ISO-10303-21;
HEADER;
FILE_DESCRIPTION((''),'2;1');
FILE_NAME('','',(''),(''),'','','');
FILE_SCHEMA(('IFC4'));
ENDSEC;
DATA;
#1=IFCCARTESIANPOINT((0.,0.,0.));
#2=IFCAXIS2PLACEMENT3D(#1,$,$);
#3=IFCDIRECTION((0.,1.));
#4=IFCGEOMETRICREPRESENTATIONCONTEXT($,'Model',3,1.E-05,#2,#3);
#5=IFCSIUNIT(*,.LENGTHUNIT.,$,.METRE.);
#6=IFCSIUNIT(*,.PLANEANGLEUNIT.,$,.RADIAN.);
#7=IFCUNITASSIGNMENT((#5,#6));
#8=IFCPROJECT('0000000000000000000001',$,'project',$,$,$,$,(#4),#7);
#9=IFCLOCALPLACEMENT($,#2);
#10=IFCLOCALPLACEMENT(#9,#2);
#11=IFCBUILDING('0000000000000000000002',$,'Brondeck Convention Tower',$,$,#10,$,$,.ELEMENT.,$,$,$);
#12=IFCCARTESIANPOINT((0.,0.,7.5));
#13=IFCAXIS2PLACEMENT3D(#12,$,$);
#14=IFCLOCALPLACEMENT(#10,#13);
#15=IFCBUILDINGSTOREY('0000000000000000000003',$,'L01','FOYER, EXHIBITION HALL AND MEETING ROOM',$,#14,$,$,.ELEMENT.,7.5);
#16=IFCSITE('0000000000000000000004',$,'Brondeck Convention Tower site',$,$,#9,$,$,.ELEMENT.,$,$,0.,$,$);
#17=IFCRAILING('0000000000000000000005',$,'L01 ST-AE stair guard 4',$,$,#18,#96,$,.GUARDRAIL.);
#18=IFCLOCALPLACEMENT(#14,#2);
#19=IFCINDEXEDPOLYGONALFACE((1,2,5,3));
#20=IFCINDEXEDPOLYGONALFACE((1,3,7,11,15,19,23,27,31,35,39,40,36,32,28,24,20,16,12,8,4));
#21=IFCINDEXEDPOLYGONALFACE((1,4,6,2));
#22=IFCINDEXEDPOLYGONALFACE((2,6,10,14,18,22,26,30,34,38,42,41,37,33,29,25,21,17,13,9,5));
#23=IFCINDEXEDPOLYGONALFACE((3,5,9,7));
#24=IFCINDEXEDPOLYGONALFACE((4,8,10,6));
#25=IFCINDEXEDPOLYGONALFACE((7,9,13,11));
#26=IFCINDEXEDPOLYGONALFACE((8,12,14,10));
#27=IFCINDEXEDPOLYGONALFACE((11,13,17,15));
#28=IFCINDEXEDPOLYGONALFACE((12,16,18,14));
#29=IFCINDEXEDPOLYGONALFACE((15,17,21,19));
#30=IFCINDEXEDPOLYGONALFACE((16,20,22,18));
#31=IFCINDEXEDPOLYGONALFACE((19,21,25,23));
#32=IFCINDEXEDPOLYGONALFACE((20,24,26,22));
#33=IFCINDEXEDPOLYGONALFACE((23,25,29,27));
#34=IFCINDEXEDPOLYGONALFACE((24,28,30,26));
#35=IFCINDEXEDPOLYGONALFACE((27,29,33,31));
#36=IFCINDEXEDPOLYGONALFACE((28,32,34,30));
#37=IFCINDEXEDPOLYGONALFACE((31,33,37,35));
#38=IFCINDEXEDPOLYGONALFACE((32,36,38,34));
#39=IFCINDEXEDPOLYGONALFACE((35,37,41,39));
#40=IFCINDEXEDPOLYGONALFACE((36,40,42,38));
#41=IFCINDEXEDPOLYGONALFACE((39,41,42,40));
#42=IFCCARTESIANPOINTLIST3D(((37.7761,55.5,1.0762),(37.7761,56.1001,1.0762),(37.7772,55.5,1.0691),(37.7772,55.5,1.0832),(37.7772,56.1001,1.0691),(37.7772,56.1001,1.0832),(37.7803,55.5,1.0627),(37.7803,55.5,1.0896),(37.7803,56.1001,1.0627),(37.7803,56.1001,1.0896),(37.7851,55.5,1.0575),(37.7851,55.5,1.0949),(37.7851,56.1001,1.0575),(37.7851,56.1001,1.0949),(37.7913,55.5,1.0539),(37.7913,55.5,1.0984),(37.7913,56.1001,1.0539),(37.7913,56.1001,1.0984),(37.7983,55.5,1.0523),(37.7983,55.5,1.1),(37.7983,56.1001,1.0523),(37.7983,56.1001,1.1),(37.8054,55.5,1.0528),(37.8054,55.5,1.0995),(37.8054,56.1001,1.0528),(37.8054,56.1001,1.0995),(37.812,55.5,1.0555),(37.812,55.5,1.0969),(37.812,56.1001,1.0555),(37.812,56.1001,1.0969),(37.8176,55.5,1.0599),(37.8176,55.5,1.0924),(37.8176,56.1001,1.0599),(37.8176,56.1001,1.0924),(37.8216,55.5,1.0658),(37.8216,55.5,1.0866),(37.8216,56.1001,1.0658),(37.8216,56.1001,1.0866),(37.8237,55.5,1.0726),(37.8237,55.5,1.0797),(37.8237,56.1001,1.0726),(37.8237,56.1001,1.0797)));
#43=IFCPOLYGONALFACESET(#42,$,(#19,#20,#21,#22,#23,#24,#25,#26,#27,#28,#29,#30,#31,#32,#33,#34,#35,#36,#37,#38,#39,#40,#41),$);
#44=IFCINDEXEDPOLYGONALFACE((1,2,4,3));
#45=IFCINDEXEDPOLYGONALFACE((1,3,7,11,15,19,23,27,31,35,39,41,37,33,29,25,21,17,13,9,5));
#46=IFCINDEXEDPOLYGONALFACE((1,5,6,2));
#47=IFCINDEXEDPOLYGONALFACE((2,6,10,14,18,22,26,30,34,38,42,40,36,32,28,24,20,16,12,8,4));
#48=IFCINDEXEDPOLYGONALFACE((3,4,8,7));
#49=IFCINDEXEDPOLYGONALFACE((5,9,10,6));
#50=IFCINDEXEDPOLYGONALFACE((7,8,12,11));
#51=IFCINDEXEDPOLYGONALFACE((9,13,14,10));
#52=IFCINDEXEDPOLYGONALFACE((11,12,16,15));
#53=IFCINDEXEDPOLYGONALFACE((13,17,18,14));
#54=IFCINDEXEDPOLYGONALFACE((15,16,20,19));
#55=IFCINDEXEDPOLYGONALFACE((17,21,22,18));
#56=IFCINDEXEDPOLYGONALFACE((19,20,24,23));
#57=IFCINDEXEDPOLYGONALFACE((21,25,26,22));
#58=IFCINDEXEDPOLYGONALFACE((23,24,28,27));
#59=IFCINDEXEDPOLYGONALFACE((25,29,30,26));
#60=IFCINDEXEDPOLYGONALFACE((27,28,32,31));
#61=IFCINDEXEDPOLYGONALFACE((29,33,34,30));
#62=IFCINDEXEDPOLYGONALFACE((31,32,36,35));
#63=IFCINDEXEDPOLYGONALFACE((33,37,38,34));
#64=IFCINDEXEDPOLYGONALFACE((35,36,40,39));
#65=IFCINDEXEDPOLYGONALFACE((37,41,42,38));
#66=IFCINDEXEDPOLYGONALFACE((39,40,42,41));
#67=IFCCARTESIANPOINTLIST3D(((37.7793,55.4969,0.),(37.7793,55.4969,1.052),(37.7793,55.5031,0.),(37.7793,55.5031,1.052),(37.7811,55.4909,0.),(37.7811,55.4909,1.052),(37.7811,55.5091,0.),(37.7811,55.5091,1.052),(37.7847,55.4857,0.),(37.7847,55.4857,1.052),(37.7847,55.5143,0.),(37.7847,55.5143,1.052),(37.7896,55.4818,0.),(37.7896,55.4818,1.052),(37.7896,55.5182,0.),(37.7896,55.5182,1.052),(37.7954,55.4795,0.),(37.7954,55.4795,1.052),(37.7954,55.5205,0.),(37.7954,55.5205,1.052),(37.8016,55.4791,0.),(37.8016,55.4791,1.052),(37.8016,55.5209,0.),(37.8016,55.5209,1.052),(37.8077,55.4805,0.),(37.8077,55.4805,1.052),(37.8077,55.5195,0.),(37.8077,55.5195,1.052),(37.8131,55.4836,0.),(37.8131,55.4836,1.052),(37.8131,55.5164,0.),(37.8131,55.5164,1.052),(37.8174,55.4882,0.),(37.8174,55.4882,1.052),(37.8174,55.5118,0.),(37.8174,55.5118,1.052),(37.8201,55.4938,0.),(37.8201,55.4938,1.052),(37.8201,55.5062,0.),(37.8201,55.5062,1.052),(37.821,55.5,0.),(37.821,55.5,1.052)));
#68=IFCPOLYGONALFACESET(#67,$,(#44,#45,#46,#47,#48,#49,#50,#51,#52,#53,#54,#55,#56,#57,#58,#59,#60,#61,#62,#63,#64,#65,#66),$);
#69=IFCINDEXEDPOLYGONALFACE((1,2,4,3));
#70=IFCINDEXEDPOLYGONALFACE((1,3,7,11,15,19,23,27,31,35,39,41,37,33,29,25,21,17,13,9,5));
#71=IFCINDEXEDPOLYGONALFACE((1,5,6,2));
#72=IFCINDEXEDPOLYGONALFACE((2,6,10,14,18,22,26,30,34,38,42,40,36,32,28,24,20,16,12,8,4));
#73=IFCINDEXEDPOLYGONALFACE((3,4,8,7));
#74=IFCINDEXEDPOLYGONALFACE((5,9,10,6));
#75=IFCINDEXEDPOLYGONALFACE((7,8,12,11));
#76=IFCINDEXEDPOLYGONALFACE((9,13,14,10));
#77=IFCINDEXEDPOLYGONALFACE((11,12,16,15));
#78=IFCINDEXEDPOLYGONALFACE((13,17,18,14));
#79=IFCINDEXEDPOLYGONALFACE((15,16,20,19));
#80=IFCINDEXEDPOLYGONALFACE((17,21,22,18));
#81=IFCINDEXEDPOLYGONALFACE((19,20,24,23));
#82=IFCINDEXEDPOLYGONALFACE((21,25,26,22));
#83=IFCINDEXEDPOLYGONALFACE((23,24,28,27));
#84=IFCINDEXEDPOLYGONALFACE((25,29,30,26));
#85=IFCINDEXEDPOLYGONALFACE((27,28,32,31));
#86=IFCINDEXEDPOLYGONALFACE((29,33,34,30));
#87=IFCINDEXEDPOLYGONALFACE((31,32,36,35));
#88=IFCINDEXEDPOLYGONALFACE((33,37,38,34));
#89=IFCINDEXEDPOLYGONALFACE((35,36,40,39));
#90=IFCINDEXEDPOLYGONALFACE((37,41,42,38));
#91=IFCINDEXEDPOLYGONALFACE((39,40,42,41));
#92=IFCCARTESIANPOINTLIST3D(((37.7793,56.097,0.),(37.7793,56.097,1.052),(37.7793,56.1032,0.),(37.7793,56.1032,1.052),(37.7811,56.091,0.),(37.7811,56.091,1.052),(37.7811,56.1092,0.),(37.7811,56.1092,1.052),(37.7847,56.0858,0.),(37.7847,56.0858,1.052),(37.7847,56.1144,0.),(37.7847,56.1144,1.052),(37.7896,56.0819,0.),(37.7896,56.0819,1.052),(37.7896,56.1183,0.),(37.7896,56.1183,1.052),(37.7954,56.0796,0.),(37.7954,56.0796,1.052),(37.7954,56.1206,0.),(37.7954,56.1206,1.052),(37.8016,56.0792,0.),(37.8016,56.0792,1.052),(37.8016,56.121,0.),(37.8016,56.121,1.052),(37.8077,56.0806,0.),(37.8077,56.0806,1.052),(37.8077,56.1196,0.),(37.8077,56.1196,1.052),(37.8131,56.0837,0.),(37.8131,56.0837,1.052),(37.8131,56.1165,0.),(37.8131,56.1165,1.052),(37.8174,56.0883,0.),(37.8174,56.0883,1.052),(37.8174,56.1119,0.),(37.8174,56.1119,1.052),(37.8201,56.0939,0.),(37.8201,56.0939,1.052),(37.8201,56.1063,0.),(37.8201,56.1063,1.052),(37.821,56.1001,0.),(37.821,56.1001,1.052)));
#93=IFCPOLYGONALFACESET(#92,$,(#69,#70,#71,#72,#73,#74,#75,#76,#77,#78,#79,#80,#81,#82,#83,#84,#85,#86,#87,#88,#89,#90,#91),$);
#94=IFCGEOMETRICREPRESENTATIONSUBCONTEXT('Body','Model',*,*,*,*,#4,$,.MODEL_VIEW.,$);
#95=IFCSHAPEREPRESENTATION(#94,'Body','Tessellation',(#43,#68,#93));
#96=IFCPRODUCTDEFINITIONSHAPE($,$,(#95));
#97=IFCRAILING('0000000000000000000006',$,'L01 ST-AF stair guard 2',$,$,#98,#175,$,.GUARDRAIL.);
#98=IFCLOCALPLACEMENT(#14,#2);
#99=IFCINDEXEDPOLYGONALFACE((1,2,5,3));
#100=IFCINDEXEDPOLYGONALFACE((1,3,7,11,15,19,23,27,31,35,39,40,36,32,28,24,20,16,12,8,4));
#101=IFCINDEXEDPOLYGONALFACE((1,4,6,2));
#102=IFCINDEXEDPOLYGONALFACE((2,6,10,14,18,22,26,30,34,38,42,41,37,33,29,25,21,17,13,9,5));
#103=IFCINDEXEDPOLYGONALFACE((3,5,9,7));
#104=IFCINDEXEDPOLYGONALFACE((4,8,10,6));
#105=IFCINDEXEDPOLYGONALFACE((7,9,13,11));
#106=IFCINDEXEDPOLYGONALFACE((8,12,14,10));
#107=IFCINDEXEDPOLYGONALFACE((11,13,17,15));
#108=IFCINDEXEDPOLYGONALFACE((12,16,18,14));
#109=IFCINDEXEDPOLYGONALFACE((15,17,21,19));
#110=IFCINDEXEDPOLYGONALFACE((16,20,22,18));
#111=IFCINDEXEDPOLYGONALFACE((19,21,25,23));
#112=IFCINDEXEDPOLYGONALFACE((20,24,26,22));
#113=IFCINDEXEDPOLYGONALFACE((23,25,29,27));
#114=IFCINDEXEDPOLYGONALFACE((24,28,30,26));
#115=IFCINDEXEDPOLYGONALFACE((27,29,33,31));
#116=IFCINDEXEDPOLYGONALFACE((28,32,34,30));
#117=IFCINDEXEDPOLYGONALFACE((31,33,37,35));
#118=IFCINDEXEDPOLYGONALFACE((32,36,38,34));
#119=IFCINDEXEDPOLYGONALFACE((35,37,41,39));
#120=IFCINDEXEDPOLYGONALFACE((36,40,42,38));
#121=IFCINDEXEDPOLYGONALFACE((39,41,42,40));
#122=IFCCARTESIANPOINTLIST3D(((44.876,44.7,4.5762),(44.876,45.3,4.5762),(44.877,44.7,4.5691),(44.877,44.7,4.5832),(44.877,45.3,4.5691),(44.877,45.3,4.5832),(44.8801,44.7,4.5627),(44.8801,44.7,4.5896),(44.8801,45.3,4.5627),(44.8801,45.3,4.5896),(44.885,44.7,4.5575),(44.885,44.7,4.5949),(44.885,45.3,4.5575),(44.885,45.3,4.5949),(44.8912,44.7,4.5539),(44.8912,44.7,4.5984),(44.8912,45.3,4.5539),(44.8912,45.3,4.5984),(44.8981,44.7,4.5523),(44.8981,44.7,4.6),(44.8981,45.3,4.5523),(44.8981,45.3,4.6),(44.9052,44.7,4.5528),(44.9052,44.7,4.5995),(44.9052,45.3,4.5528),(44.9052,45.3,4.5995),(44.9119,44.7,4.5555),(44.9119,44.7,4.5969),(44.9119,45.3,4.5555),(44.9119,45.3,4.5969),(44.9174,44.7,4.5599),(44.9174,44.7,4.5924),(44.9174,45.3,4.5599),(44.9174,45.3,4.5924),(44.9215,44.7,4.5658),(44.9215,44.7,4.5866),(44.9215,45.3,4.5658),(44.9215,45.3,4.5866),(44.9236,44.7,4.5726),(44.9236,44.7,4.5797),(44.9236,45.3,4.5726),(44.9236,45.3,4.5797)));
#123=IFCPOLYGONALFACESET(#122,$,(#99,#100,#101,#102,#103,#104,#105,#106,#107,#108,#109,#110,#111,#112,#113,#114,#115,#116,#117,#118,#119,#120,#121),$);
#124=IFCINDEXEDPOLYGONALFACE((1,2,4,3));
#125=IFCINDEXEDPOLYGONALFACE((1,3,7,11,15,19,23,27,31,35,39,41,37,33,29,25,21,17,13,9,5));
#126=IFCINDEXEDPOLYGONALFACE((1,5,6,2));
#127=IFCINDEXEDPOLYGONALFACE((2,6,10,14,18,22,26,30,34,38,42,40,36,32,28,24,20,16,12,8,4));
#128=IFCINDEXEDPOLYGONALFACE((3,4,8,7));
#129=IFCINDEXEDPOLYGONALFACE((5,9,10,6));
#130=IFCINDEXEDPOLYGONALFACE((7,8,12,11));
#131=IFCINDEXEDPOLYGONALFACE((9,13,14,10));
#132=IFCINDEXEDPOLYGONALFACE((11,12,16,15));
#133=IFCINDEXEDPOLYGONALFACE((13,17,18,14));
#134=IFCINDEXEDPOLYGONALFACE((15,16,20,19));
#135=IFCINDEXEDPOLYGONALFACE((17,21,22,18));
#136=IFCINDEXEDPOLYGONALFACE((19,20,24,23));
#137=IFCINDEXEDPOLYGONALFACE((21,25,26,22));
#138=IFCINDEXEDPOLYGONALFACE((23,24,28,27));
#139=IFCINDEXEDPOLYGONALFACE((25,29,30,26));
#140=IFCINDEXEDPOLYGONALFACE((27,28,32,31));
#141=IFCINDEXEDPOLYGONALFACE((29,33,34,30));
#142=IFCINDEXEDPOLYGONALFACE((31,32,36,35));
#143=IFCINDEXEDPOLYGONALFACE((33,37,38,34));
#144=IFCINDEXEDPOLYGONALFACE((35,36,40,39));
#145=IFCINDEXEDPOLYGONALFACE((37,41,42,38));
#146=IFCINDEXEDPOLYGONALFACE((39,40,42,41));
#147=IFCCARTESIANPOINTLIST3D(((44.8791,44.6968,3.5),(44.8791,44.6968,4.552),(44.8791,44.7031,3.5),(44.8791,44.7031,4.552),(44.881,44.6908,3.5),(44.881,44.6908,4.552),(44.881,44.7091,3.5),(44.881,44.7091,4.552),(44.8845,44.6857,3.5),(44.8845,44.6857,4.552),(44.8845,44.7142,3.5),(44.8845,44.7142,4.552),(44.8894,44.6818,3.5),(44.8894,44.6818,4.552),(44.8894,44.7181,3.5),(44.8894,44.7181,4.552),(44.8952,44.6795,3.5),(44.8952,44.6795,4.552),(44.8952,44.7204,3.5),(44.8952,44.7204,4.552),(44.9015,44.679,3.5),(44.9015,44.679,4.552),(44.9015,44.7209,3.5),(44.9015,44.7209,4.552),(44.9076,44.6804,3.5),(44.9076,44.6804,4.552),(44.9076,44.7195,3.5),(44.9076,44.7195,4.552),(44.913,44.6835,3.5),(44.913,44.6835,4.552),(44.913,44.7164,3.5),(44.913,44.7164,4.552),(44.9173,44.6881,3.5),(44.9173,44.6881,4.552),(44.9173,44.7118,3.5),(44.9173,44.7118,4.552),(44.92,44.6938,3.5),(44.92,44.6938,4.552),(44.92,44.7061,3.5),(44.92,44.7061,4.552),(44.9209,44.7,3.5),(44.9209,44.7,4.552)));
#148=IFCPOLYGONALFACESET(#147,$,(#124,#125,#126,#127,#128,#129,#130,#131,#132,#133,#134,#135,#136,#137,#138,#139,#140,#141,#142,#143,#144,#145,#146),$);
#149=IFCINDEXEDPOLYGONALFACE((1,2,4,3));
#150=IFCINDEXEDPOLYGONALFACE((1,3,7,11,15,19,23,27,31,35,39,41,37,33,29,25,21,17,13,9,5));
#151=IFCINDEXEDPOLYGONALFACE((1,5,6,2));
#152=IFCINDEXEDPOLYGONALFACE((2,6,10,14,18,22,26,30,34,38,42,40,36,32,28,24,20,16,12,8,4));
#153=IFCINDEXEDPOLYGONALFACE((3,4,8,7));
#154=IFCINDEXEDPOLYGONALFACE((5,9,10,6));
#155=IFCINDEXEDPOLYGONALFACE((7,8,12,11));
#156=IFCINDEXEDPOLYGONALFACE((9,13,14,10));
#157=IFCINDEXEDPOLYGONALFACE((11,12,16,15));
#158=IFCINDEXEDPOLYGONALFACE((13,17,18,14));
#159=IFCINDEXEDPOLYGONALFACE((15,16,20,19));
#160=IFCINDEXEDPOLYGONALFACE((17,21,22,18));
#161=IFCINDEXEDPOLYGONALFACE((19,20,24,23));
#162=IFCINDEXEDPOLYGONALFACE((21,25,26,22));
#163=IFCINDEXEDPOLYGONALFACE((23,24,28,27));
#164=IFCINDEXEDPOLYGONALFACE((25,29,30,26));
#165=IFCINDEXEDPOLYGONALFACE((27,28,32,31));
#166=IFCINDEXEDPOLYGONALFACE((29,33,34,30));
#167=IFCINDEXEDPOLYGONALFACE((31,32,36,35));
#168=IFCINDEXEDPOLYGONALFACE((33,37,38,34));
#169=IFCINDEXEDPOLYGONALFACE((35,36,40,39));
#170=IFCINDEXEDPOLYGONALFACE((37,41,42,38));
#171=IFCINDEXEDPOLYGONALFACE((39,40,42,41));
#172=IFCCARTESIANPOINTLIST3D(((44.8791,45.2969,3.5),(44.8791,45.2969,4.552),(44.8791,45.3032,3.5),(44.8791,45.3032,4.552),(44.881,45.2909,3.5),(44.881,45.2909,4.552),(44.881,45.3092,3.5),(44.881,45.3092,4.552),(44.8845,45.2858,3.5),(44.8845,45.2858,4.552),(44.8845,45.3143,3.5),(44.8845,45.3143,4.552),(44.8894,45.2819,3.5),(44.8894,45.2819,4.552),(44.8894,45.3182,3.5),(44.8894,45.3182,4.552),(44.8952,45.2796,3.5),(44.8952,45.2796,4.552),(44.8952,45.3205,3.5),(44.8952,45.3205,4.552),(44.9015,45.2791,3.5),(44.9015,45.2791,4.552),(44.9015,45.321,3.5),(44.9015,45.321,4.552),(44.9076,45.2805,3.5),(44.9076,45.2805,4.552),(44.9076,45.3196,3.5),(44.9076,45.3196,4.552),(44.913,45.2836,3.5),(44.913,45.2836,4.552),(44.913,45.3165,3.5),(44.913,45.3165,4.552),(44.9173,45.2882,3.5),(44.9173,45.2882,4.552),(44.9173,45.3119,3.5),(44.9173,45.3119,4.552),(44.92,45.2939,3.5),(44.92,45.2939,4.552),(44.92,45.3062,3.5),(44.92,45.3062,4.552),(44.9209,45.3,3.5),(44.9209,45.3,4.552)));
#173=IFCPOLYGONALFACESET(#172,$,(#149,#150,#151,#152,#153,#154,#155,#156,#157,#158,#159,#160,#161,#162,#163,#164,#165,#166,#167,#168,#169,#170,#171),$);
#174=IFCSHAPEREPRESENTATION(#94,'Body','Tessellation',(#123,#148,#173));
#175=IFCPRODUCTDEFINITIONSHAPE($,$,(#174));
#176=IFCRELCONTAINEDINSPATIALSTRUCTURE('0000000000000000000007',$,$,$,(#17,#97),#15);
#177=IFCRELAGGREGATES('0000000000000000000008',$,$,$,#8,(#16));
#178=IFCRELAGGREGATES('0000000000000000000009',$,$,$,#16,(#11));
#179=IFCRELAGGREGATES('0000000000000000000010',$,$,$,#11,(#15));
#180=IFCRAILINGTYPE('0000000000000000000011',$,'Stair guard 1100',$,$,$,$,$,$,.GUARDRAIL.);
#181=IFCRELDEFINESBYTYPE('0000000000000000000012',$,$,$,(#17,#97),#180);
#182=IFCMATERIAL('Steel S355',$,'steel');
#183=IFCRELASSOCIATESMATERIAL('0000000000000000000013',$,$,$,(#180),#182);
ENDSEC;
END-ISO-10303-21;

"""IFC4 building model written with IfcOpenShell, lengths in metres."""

from ifc_helpers import new_model, si_unit, direction, frame, origin, origin_2d, place, context, subcontext, project, spatial, circle, extrude, material, type_object, element, save


model = new_model("IFC4")

# Units and contexts
model_context = context("Model", 3, precision=1e-05, world=origin(), true_north=direction((0.0, 1.0)))
body_context = subcontext(model_context, "Body", "Model", "MODEL_VIEW")
ifc_project = project(units=[si_unit("LENGTHUNIT", "METRE"), si_unit("PLANEANGLEUNIT", "RADIAN")], contexts=[model_context])

# Site, building, storey
site_placement = place(None, origin())
site = spatial("IfcSite", under=ifc_project, at=site_placement, Name="Brondeck Convention Tower site", CompositionType="ELEMENT", RefElevation=0.0)
building_placement = place(site_placement, origin())
building = spatial("IfcBuilding", under=site, at=building_placement, Name="Brondeck Convention Tower", CompositionType="ELEMENT")
storey_placement = place(building_placement, frame((0.0, 0.0, 7.5)))
storey = spatial("IfcBuildingStorey", under=building, at=storey_placement, Name="L01", Description="FOYER, EXHIBITION HALL AND MEETING ROOM", CompositionType="ELEMENT", Elevation=7.5)

# Shared definitions
ifc_material_1 = material(Name="Steel S355", Category="steel")

# Railings
railing_type_1 = type_object("IfcRailingType", Name="Stair guard 1100", PredefinedType="GUARDRAIL", material=ifc_material_1)
for number, where, name in (
    (1, (37.8, 55.5, 0.0), "L01 ST-AE stair guard 4"),
    (2, (44.8999, 44.7, 3.5), "L01 ST-AF stair guard 2"),
):
    element("IfcRailing", number, at=place(storey_placement, frame(where)), inside=storey, type_object=railing_type_1, Name=name, PredefinedType="GUARDRAIL", context=body_context, shape_type="SweptSolid", body=[
        extrude(circle(Radius=0.0239, at=origin_2d()), frame((0.0, 0.0, 1.0762), z_axis=(0.0, 1.0, 0.0), x_axis=(-1.0, 0.0, 0.0)), (0.0, 0.0, 1.0), 0.6001),
        extrude(circle(Radius=0.021, at=origin_2d()), origin(), (0.0, 0.0, 1.0), 1.052),
        extrude(circle(Radius=0.021, at=origin_2d()), frame((0.0, 0.6001, 0.0)), (0.0, 0.0, 1.0), 1.052),
    ])

save(model, "model.ifc")
